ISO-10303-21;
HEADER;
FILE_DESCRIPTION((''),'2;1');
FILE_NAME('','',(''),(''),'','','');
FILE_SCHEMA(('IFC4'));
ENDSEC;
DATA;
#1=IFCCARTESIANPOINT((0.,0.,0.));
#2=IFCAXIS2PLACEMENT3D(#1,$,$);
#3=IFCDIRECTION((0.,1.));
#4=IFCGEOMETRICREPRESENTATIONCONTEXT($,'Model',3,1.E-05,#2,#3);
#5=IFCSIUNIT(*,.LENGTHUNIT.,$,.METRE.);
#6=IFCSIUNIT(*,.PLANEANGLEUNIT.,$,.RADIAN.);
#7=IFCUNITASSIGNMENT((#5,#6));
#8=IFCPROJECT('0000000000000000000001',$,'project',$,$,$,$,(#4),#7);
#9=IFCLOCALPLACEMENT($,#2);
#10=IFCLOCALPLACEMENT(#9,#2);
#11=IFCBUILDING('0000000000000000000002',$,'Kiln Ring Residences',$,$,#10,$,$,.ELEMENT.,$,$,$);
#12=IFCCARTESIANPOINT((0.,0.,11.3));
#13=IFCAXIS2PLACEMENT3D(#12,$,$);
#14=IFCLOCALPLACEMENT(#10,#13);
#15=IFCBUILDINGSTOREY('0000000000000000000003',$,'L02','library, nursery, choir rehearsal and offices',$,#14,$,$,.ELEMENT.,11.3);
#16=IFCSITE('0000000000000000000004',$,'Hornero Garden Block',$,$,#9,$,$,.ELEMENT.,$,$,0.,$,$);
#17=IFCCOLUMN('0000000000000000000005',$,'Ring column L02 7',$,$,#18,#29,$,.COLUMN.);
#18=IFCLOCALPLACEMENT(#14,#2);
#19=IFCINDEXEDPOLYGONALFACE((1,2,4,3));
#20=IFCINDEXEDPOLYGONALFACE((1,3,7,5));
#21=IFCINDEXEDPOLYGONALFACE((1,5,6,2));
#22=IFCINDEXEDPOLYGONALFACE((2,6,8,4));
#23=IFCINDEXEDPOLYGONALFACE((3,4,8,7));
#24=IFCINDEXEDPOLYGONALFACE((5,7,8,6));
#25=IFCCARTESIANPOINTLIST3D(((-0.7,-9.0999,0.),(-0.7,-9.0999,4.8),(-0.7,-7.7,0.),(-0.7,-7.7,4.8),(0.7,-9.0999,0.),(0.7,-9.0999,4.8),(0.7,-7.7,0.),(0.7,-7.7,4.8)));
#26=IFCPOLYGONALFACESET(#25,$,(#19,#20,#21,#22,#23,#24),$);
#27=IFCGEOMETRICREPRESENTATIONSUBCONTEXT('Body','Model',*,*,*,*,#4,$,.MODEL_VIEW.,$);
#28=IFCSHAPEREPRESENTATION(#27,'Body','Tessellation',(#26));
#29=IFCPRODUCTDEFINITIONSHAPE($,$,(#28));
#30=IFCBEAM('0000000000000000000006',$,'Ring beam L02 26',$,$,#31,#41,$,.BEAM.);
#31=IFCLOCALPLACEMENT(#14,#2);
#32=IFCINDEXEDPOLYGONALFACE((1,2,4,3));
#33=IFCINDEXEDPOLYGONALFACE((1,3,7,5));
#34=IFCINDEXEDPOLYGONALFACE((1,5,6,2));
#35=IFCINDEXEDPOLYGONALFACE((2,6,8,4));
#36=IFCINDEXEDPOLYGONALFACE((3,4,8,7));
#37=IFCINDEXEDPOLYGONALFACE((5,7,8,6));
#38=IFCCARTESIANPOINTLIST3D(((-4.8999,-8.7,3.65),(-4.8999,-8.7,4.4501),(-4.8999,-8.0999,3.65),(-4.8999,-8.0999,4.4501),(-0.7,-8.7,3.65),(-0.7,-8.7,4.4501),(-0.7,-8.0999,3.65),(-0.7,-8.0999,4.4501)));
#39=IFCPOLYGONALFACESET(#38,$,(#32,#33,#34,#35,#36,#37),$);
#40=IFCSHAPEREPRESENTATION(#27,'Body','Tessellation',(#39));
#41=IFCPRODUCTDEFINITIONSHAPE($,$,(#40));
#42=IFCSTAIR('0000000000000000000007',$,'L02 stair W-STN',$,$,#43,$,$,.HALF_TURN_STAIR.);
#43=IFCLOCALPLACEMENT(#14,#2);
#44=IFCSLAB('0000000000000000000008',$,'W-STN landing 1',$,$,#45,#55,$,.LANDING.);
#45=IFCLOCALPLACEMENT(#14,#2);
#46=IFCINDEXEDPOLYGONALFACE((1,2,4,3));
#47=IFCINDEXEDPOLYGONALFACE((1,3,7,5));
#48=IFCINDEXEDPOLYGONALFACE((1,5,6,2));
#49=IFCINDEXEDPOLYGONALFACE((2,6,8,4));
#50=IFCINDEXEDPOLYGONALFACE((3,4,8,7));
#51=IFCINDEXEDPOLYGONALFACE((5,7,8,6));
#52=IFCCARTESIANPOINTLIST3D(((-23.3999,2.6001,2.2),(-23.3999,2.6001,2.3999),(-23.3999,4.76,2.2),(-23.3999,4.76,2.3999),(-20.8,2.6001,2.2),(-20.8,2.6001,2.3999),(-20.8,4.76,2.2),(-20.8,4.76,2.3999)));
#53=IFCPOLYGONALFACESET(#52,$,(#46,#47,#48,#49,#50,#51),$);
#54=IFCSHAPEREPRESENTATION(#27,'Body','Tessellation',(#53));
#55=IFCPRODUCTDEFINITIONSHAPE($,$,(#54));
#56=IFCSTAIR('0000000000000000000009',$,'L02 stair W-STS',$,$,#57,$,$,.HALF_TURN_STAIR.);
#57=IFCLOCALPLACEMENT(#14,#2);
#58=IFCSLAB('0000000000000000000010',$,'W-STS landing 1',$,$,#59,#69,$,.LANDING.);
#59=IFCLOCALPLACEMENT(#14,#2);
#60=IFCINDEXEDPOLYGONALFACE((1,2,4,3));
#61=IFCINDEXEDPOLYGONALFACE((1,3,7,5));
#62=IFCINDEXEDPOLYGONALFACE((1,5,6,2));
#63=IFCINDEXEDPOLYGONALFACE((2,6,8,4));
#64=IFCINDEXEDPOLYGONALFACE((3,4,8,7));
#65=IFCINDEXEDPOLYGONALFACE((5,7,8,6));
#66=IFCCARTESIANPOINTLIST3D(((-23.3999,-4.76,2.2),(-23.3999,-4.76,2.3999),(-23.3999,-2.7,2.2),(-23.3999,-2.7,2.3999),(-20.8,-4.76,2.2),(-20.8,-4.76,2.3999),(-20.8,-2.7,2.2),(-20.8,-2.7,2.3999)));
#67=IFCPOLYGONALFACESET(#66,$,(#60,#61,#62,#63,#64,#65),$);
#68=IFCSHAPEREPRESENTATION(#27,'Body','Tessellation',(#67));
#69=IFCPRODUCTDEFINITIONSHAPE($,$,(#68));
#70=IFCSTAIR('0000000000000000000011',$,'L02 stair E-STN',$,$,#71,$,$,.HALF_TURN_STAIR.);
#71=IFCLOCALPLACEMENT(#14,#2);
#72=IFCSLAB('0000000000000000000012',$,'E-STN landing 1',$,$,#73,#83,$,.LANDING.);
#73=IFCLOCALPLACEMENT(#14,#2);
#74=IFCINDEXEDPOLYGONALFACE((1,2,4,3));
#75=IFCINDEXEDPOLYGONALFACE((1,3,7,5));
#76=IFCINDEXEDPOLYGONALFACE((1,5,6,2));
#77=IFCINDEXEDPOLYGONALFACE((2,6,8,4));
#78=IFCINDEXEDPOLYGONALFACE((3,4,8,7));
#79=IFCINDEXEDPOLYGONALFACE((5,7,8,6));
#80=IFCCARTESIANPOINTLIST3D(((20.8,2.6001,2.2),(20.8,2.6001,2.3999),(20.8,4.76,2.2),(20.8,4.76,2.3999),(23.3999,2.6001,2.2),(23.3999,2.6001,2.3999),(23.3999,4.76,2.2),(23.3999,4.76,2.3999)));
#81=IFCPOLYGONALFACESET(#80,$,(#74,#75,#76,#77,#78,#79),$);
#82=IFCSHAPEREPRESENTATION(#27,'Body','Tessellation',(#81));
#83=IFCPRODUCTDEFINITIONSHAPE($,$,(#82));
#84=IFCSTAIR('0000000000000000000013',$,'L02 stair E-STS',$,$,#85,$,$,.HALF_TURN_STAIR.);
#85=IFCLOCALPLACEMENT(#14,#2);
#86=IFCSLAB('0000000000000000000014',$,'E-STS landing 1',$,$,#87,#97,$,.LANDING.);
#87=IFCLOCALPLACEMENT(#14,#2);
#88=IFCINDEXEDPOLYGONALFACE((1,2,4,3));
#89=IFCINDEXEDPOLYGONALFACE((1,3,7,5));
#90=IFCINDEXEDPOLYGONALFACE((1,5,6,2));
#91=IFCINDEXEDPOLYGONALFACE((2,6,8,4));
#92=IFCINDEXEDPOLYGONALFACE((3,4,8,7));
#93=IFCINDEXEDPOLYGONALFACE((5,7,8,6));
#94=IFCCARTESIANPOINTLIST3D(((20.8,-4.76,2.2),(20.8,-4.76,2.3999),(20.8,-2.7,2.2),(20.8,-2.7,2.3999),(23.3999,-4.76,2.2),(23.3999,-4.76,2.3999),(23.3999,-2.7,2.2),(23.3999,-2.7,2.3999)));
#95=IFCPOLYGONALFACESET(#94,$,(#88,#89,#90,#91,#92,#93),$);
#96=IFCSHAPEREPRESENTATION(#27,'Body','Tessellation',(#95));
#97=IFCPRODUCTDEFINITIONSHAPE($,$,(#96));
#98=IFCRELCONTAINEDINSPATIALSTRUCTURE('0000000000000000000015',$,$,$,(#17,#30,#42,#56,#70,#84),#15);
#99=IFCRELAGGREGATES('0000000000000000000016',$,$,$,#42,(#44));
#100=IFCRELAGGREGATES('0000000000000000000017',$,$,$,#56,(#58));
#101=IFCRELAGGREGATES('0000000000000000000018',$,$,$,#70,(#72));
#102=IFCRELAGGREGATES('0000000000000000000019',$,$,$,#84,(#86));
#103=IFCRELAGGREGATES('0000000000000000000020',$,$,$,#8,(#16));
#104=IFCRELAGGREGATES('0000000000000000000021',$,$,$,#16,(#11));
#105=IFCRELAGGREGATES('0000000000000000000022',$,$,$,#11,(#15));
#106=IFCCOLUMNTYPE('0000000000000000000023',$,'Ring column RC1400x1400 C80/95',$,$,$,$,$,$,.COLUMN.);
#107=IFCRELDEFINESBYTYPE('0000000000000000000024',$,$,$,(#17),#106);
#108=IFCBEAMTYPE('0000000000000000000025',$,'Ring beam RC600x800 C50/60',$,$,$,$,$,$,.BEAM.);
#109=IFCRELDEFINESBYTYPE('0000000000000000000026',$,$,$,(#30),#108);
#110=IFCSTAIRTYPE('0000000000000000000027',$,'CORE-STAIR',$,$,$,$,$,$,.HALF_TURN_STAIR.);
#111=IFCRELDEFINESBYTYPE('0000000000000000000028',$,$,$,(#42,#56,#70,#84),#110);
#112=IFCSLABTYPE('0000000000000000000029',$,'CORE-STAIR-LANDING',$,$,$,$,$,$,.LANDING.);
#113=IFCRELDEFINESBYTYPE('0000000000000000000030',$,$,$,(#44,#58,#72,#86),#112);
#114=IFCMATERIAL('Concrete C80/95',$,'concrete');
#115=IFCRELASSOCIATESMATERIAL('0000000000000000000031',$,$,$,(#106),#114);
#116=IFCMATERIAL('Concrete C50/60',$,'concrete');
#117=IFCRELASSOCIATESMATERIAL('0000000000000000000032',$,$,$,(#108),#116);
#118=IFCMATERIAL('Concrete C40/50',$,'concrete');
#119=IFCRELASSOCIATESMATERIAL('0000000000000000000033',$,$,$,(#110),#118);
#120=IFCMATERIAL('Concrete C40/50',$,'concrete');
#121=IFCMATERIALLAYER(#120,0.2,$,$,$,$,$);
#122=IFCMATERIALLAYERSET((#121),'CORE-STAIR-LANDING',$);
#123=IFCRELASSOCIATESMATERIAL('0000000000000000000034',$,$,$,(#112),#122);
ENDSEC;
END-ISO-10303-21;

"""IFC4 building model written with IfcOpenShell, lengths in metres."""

from ifc_helpers import new_model, si_unit, direction, frame, origin, origin_2d, place, context, subcontext, project, spatial, polyline, rectangle, outline, extrude, material, layer, layer_set, material_profile, profile_set, type_object, element, aggregate, save


model = new_model("IFC4")

# Units and contexts
model_context = context("Model", 3, precision=1e-05, world=origin(), true_north=direction((0.0, 1.0)))
body_context = subcontext(model_context, "Body", "Model", "MODEL_VIEW")
ifc_project = project(units=[si_unit("LENGTHUNIT", "METRE"), si_unit("PLANEANGLEUNIT", "RADIAN")], contexts=[model_context])

# Site, building, storey
site_placement = place(None, origin())
site = spatial("IfcSite", under=ifc_project, at=site_placement, Name="Hornero Garden Block", CompositionType="ELEMENT", RefElevation=0.0)
building_placement = place(site_placement, origin())
building = spatial("IfcBuilding", under=site, at=building_placement, Name="Kiln Ring Residences", CompositionType="ELEMENT")
storey_placement = place(building_placement, frame((0.0, 0.0, 11.3)))
storey = spatial("IfcBuildingStorey", under=building, at=storey_placement, Name="L02", Description="library, nursery, choir rehearsal and offices", CompositionType="ELEMENT", Elevation=11.3)

# Column
ifc_material_1 = material(Name="Concrete C80/95", Category="concrete")
ifc_material_profile_1 = material_profile(ifc_material_1, rectangle(XDim=1.3999, YDim=1.3999, at=origin_2d()), Name="RC1400x1400")
ifc_profile_set_1 = profile_set([ifc_material_profile_1], Name="Concrete C80/95")
column_type = type_object("IfcColumnType", Name="Ring column RC1400x1400 C80/95", PredefinedType="COLUMN", material=ifc_profile_set_1)
column_placement = place(storey_placement, frame((0.0, -8.3999, 0.0), z_axis=(0.0, 0.0, 1.0), x_axis=(1.0, 0.0, 0.0)))
element("IfcColumn", 1, at=column_placement, inside=storey, type_object=column_type, Name="Ring column L02 7", PredefinedType="COLUMN", context=body_context, shape_type="SweptSolid", body=[
    extrude(rectangle(XDim=1.3999, YDim=1.3999, at=origin_2d()), origin(), (0.0, 0.0, 1.0), 4.8),
])

# Beam
ifc_material_2 = material(Name="Concrete C50/60", Category="concrete")
ifc_material_profile_2 = material_profile(ifc_material_2, rectangle(XDim=0.6001, YDim=0.8, at=origin_2d()), Name="RC600x800")
ifc_profile_set_2 = profile_set([ifc_material_profile_2], Name="Concrete C50/60")
beam_type = type_object("IfcBeamType", Name="Ring beam RC600x800 C50/60", PredefinedType="BEAM", material=ifc_profile_set_2)
beam_placement = place(storey_placement, frame((-4.8999, -8.3999, 4.05), z_axis=(1.0, 0.0, 0.0), x_axis=(0.0, 1.0, 0.0)))
element("IfcBeam", 2, at=beam_placement, inside=storey, type_object=beam_type, Name="Ring beam L02 26", PredefinedType="BEAM", context=body_context, shape_type="SweptSolid", body=[
    extrude(rectangle(XDim=0.6001, YDim=0.8, at=origin_2d()), origin(), (0.0, 0.0, 1.0), 4.2),
])

# Stairs, slabs
ifc_material_3 = material(Name="Concrete C40/50", Category="concrete")
stair_type_1 = type_object("IfcStairType", Name="CORE-STAIR", PredefinedType="HALF_TURN_STAIR", material=ifc_material_3)
placement_1 = place(storey_placement, origin())
stair_1 = element("IfcStair", 3, at=placement_1, inside=storey, type_object=stair_type_1, Name="L02 stair W-STN", PredefinedType="HALF_TURN_STAIR")
ifc_material_4 = material(Name="Concrete C40/50", Category="concrete")
ifc_layer_1 = layer(ifc_material_4, 0.2)
ifc_layer_set_1 = layer_set([ifc_layer_1], Name="CORE-STAIR-LANDING")
slab_type_1 = type_object("IfcSlabType", Name="CORE-STAIR-LANDING", PredefinedType="LANDING", material=ifc_layer_set_1)
placement_2 = place(storey_placement, frame((0.0, 0.0, 2.2)))
slab_1 = element("IfcSlab", 4, at=placement_2, type_object=slab_type_1, Name="W-STN landing 1", PredefinedType="LANDING", context=body_context, shape_type="SweptSolid", body=[
    extrude(outline(polyline([(-23.3999, 4.76), (-23.3999, 2.6001), (-20.8, 2.6001), (-20.8, 4.76), (-23.3999, 4.76)])), origin(), (0.0, 0.0, 1.0), 0.2),
])
aggregate(stair_1, [slab_1])
stair_2 = element("IfcStair", 5, at=placement_1, inside=storey, type_object=stair_type_1, Name="L02 stair W-STS", PredefinedType="HALF_TURN_STAIR")
slab_2 = element("IfcSlab", 6, at=placement_2, type_object=slab_type_1, Name="W-STS landing 1", PredefinedType="LANDING", context=body_context, shape_type="SweptSolid", body=[
    extrude(outline(polyline([(-20.8, -4.76), (-20.8, -2.7), (-23.3999, -2.7), (-23.3999, -4.76), (-20.8, -4.76)])), origin(), (0.0, 0.0, 1.0), 0.2),
])
aggregate(stair_2, [slab_2])
stair_3 = element("IfcStair", 7, at=placement_1, inside=storey, type_object=stair_type_1, Name="L02 stair E-STN", PredefinedType="HALF_TURN_STAIR")
slab_3 = element("IfcSlab", 8, at=placement_2, type_object=slab_type_1, Name="E-STN landing 1", PredefinedType="LANDING", context=body_context, shape_type="SweptSolid", body=[
    extrude(outline(polyline([(20.8, 4.76), (20.8, 2.6001), (23.3999, 2.6001), (23.3999, 4.76), (20.8, 4.76)])), origin(), (0.0, 0.0, 1.0), 0.2),
])
aggregate(stair_3, [slab_3])
stair_4 = element("IfcStair", 9, at=placement_1, inside=storey, type_object=stair_type_1, Name="L02 stair E-STS", PredefinedType="HALF_TURN_STAIR")
slab_4 = element("IfcSlab", 10, at=placement_2, type_object=slab_type_1, Name="E-STS landing 1", PredefinedType="LANDING", context=body_context, shape_type="SweptSolid", body=[
    extrude(outline(polyline([(23.3999, -4.76), (23.3999, -2.7), (20.8, -2.7), (20.8, -4.76), (23.3999, -4.76)])), origin(), (0.0, 0.0, 1.0), 0.2),
])
aggregate(stair_4, [slab_4])

save(model, "model.ifc")
